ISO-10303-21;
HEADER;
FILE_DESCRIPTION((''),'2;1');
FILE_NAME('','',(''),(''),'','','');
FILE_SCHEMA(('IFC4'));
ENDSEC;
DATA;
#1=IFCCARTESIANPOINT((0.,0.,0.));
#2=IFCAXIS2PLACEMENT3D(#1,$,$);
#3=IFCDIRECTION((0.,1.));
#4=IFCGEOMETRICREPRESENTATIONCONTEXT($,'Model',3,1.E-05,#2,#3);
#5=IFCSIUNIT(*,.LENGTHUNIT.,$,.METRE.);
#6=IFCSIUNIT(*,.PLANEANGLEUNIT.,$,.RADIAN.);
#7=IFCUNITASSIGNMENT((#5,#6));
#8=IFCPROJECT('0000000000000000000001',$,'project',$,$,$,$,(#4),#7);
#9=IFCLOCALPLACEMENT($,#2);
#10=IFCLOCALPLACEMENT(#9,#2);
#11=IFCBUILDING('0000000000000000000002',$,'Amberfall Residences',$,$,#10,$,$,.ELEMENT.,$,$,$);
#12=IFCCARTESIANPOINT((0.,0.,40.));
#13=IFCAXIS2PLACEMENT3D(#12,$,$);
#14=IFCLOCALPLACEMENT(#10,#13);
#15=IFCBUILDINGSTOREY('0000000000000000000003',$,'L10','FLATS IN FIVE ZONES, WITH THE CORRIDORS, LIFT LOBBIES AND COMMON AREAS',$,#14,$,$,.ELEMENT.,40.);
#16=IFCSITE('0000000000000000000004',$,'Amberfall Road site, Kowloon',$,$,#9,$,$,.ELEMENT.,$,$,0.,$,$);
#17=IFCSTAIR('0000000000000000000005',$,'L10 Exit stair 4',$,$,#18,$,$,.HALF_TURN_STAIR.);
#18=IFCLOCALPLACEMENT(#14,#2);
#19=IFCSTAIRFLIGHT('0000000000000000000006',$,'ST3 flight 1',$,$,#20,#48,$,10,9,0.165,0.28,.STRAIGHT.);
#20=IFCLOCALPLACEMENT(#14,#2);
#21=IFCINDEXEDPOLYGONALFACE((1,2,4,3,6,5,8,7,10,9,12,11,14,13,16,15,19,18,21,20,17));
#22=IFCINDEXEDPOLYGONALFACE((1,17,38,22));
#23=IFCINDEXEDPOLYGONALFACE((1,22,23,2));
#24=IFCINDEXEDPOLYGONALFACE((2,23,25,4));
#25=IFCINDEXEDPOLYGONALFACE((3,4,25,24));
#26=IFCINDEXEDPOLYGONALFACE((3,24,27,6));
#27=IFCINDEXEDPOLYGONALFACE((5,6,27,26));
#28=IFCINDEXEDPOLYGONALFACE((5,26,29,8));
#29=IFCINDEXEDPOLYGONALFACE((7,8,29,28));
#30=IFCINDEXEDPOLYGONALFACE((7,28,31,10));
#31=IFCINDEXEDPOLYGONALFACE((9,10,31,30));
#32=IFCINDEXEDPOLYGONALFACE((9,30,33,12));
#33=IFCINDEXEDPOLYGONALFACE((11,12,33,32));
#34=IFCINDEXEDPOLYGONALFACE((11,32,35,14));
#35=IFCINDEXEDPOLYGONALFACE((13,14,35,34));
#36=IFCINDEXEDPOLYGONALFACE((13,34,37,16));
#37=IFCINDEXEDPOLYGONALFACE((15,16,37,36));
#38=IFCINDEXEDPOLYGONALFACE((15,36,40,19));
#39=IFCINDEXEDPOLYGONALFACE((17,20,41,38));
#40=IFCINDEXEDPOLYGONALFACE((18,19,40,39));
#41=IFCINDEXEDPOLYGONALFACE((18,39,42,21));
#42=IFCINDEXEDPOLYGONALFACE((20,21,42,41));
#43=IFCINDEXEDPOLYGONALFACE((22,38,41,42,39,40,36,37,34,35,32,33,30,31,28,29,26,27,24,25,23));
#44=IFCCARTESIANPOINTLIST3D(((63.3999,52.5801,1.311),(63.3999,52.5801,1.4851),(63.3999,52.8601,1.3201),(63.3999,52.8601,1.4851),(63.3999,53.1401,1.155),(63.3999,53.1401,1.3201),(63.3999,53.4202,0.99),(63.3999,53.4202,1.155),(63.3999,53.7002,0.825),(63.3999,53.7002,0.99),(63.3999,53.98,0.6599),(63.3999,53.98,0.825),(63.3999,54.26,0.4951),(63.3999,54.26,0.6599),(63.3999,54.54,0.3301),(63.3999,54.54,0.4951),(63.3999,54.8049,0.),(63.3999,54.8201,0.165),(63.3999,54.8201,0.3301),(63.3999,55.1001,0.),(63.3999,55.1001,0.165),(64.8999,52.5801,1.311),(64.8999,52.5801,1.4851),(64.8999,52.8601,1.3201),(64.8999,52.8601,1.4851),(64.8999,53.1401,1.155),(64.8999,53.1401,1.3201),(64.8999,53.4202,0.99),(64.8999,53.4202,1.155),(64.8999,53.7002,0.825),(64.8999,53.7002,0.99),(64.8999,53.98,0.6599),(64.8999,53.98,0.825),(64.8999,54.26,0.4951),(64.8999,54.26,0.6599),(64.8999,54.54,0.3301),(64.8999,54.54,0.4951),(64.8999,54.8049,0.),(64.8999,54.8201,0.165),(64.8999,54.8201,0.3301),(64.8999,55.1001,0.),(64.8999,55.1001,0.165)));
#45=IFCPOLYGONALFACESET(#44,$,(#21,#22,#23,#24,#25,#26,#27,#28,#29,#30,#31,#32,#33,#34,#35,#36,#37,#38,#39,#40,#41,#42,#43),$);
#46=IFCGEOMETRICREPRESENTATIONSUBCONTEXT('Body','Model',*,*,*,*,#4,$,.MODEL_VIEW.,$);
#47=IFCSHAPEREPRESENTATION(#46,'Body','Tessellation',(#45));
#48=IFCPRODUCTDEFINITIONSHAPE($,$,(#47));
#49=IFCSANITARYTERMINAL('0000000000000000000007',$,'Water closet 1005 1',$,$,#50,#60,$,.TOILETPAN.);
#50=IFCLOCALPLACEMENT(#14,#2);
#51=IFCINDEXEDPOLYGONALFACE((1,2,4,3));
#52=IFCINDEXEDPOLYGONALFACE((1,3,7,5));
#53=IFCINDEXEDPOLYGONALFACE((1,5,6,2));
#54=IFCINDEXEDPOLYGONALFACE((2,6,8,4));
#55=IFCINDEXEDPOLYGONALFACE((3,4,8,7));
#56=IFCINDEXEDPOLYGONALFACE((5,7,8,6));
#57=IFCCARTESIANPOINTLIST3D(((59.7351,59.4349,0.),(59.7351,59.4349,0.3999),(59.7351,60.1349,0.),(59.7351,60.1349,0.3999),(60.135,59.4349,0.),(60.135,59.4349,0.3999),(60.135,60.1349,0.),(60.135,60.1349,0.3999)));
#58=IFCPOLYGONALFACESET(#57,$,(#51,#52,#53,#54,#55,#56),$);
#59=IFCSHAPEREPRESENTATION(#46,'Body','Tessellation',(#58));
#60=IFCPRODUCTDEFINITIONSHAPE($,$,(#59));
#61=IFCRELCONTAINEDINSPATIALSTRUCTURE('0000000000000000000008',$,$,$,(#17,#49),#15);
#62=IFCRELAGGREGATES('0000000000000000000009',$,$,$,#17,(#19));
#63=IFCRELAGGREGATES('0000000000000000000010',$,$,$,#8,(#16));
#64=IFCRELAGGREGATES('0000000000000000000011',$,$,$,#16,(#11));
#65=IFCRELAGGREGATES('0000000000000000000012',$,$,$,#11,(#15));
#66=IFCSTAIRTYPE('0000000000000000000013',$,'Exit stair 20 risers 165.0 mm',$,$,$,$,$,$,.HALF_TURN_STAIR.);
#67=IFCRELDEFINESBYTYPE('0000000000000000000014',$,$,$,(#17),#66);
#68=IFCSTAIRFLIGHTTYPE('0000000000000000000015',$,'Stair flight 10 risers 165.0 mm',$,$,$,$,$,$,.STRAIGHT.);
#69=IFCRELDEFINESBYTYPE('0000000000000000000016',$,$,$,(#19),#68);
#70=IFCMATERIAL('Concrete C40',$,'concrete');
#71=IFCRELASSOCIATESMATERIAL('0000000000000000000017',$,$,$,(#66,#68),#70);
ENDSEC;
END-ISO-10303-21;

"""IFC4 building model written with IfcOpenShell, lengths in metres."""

from ifc_helpers import new_model, si_unit, direction, frame, origin, origin_2d, place, context, subcontext, project, spatial, polyline, rectangle, outline, extrude, material, type_object, element, aggregate, save


model = new_model("IFC4")

# Units and contexts
model_context = context("Model", 3, precision=1e-05, world=origin(), true_north=direction((0.0, 1.0)))
body_context = subcontext(model_context, "Body", "Model", "MODEL_VIEW")
ifc_project = project(units=[si_unit("LENGTHUNIT", "METRE"), si_unit("PLANEANGLEUNIT", "RADIAN")], contexts=[model_context])

# Site, building, storey
site_placement = place(None, origin())
site = spatial("IfcSite", under=ifc_project, at=site_placement, Name="Amberfall Road site, Kowloon", CompositionType="ELEMENT", RefElevation=0.0)
building_placement = place(site_placement, origin())
building = spatial("IfcBuilding", under=site, at=building_placement, Name="Amberfall Residences", CompositionType="ELEMENT")
storey_placement = place(building_placement, frame((0.0, 0.0, 40.0)))
storey = spatial("IfcBuildingStorey", under=building, at=storey_placement, Name="L10", Description="FLATS IN FIVE ZONES, WITH THE CORRIDORS, LIFT LOBBIES AND COMMON AREAS", CompositionType="ELEMENT", Elevation=40.0)

# Stair, stair flight
ifc_material_1 = material(Name="Concrete C40", Category="concrete")
stair_type = type_object("IfcStairType", Name="Exit stair 20 risers 165.0 mm", PredefinedType="HALF_TURN_STAIR", material=ifc_material_1)
stair_placement = place(storey_placement, origin())
stair = element("IfcStair", 1, at=stair_placement, inside=storey, type_object=stair_type, Name="L10 Exit stair 4", PredefinedType="HALF_TURN_STAIR")
stair_flight_type = type_object("IfcStairFlightType", Name="Stair flight 10 risers 165.0 mm", PredefinedType="STRAIGHT", material=ifc_material_1)
stair_flight_placement = place(storey_placement, frame((64.1499, 55.1001, 0.0), z_axis=(0.0, 0.0, 1.0), x_axis=(0.0, -1.0, 0.0)))
stair_flight = element("IfcStairFlight", 2, at=stair_flight_placement, type_object=stair_flight_type, Name="ST3 flight 1", NumberOfRisers=10, NumberOfTreads=9, PredefinedType="STRAIGHT", RiserHeight=0.165, TreadLength=0.28, context=body_context, shape_type="SweptSolid", body=[
    extrude(outline(polyline([(0.0, 0.0), (0.0, 0.165), (0.28, 0.165), (0.28, 0.3301), (0.5601, 0.3301), (0.5601, 0.4951), (0.8401, 0.4951), (0.8401, 0.6599), (1.1201, 0.6599), (1.1201, 0.825), (1.3999, 0.825), (1.3999, 0.99), (1.6799, 0.99), (1.6799, 1.155), (1.96, 1.155), (1.96, 1.3201), (2.24, 1.3201), (2.24, 1.4851), (2.52, 1.4851), (2.52, 1.6499), (2.52, 1.311), (0.2952, 0.0), (0.0, 0.0)])), frame((0.0, 0.75, 0.0), z_axis=(0.0, -1.0, 0.0), x_axis=(1.0, 0.0, 0.0)), (0.0, 0.0, 1.0), 1.5),
])
aggregate(stair, [stair_flight])

# Sanitary terminal
sanitary_terminal_placement = place(storey_placement, frame((59.9351, 59.7849, 0.0), z_axis=(0.0, 0.0, 1.0), x_axis=(1.0, 0.0, 0.0)))
element("IfcSanitaryTerminal", 3, at=sanitary_terminal_placement, inside=storey, Name="Water closet 1005 1", PredefinedType="TOILETPAN", context=body_context, shape_type="SweptSolid", body=[
    extrude(rectangle(XDim=0.3999, YDim=0.7, at=origin_2d()), origin(), (0.0, 0.0, 1.0), 0.3999),
])

save(model, "model.ifc")
